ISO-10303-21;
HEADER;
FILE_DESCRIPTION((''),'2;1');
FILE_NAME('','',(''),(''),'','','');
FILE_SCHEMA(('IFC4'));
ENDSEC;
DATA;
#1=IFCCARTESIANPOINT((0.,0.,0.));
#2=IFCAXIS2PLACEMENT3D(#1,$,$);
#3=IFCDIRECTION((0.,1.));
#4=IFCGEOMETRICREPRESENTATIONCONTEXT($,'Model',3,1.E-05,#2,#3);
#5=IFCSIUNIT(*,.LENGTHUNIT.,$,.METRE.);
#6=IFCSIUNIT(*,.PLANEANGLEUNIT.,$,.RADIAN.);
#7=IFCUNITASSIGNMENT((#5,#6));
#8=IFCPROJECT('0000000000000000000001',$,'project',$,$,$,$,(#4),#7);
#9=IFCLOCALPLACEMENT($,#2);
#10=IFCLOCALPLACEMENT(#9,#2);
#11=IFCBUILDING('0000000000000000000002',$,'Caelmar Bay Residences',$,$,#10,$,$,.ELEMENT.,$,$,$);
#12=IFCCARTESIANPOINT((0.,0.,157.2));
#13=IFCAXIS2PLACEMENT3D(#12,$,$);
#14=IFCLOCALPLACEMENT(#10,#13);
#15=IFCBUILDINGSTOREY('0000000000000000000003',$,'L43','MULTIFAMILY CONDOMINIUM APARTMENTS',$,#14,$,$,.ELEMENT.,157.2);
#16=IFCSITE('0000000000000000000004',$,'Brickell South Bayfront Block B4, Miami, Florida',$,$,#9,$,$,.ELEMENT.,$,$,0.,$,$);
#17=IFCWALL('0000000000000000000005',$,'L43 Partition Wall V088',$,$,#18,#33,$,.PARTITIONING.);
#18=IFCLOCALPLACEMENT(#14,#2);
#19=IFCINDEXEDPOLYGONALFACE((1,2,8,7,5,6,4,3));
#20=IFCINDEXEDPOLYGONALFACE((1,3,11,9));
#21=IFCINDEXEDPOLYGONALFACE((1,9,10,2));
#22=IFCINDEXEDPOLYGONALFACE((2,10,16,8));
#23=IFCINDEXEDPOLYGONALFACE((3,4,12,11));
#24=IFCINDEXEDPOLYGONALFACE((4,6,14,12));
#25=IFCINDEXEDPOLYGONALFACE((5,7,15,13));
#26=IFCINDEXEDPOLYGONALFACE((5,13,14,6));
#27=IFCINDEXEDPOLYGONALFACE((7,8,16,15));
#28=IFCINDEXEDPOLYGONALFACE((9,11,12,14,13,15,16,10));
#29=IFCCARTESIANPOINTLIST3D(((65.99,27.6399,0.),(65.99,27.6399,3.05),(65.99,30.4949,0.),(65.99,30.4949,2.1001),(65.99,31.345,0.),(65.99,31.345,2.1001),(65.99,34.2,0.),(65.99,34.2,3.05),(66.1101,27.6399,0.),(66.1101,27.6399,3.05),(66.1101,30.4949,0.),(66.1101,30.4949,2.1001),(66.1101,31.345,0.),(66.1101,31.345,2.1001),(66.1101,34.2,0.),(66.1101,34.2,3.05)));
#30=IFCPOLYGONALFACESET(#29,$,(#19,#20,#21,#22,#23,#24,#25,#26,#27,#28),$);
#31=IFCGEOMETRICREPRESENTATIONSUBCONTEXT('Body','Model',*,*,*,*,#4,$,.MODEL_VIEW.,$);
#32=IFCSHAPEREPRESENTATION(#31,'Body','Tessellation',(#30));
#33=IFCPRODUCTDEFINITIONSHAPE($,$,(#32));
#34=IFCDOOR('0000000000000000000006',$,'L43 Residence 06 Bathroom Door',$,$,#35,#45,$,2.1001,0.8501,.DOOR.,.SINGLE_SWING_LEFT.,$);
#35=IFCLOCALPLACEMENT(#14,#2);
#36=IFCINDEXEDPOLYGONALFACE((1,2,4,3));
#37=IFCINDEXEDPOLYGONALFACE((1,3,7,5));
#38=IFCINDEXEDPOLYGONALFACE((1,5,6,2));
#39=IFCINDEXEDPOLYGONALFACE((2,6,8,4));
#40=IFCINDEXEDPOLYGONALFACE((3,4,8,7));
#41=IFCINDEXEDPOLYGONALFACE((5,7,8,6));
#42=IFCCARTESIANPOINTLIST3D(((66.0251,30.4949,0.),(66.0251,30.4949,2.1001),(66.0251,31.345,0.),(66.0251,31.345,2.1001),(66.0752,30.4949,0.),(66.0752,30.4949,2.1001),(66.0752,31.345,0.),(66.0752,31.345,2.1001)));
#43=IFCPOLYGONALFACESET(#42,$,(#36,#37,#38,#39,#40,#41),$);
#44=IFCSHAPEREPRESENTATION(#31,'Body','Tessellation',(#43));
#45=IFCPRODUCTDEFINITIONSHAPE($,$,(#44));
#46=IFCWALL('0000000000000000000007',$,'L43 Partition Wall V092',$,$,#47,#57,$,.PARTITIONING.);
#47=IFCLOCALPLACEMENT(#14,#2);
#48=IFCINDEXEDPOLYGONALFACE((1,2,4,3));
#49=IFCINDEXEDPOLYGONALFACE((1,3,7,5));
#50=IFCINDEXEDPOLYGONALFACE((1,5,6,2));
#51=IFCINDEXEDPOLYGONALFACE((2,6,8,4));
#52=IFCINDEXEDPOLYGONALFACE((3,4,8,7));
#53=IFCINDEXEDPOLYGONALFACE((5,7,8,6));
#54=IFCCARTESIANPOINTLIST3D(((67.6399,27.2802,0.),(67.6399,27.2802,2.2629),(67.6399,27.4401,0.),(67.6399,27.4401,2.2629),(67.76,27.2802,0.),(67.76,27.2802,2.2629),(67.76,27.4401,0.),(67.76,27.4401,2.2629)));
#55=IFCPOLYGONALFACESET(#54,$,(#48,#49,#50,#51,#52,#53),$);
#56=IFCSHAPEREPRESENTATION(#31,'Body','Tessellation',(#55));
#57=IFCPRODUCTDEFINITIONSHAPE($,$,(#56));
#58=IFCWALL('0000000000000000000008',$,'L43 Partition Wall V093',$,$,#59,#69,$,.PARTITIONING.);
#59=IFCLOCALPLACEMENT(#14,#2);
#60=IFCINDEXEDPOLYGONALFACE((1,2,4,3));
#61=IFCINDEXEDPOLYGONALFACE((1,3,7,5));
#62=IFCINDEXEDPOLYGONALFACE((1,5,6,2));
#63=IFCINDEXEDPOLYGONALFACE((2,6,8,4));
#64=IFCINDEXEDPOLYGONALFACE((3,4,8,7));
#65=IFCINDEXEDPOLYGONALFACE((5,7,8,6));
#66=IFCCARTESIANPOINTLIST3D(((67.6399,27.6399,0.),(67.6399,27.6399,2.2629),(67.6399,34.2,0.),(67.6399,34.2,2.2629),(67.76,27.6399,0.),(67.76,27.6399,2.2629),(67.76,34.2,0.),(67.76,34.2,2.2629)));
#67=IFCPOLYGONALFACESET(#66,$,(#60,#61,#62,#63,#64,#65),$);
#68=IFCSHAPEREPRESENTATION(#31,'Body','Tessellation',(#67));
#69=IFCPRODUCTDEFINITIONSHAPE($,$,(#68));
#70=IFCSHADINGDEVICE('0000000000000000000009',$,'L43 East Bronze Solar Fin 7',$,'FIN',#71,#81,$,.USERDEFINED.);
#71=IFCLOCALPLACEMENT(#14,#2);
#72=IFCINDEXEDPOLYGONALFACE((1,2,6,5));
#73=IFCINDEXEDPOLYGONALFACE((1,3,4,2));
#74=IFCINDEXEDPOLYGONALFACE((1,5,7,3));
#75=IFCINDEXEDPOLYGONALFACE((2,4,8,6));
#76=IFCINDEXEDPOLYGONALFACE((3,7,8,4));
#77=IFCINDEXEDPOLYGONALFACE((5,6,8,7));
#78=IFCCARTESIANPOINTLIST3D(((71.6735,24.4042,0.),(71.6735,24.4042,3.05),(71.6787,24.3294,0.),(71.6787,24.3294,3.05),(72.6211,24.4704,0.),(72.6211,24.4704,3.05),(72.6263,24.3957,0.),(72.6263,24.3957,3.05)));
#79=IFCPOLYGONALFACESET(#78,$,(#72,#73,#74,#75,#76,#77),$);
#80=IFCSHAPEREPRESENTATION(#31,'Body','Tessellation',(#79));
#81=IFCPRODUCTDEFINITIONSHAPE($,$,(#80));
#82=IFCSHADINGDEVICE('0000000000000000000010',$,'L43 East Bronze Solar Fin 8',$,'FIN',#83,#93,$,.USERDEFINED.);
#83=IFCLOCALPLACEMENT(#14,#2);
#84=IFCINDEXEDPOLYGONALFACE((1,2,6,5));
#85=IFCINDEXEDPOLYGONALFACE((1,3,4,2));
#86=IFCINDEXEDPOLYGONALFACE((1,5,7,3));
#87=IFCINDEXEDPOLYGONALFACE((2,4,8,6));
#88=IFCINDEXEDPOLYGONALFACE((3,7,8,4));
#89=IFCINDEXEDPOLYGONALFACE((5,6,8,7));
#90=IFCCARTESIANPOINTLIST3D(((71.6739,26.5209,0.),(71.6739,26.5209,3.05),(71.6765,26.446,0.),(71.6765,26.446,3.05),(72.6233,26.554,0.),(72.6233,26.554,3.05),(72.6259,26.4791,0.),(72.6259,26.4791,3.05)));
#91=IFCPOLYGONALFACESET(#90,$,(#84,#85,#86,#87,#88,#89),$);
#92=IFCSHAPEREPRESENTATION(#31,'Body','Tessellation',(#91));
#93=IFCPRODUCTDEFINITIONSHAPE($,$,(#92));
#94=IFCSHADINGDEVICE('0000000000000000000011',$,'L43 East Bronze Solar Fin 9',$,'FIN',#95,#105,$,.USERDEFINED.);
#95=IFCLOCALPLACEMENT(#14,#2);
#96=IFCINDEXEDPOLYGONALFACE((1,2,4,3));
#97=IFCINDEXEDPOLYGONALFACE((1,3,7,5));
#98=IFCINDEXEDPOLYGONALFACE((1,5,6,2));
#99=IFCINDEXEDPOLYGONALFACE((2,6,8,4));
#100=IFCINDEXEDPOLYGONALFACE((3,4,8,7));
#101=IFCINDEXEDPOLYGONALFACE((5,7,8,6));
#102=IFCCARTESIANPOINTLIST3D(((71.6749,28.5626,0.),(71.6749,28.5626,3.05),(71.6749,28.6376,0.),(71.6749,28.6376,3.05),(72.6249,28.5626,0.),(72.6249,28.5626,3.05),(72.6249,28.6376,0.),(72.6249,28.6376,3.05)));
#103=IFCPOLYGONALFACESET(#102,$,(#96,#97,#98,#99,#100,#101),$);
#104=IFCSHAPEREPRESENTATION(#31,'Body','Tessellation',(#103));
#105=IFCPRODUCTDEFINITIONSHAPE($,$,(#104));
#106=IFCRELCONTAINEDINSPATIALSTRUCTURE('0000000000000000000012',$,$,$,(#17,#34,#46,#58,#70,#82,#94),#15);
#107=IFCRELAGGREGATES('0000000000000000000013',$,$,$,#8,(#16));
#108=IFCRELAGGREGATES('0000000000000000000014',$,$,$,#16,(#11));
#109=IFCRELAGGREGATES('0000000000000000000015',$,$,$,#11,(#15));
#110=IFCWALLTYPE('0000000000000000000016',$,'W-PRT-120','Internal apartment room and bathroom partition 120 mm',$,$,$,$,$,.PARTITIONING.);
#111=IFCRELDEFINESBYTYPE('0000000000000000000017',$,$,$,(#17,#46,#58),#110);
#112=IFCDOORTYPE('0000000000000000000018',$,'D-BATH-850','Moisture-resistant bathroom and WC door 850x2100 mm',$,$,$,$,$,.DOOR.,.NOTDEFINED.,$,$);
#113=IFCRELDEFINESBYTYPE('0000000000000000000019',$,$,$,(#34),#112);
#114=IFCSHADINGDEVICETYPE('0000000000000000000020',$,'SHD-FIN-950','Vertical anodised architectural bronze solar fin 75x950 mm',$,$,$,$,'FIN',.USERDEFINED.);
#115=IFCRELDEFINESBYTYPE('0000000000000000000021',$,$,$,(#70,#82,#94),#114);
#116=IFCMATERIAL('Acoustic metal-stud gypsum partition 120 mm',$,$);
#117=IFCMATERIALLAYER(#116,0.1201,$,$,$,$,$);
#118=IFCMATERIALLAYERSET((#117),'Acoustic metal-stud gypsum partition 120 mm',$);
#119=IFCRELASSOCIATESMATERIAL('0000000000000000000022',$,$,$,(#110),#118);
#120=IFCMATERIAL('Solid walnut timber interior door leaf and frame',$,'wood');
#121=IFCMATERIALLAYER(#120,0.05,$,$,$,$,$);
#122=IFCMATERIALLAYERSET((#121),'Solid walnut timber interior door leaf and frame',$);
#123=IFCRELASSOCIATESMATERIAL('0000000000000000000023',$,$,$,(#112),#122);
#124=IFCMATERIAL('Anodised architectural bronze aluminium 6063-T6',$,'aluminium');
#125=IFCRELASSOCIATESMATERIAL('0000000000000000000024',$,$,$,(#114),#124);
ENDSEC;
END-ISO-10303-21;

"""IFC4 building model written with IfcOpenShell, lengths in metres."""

from ifc_helpers import new_model, si_unit, direction, frame, frame_2d, origin, origin_2d, place, context, subcontext, project, spatial, rectangle, extrude, material, layer, layer_set, material_profile, profile_set, type_object, element, fill, save


model = new_model("IFC4")

# Units and contexts
model_context = context("Model", 3, precision=1e-05, world=origin(), true_north=direction((0.0, 1.0)))
body_context = subcontext(model_context, "Body", "Model", "MODEL_VIEW")
ifc_project = project(units=[si_unit("LENGTHUNIT", "METRE"), si_unit("PLANEANGLEUNIT", "RADIAN")], contexts=[model_context])

# Site, building, storey
site_placement = place(None, origin())
site = spatial("IfcSite", under=ifc_project, at=site_placement, Name="Brickell South Bayfront Block B4, Miami, Florida", CompositionType="ELEMENT", RefElevation=0.0)
building_placement = place(site_placement, origin())
building = spatial("IfcBuilding", under=site, at=building_placement, Name="Caelmar Bay Residences", CompositionType="ELEMENT")
storey_placement = place(building_placement, frame((0.0, 0.0, 157.2)))
storey = spatial("IfcBuildingStorey", under=building, at=storey_placement, Name="L43", Description="MULTIFAMILY CONDOMINIUM APARTMENTS", CompositionType="ELEMENT", Elevation=157.2)

# Shared definitions
ifc_material_1 = material(Name="Solid walnut timber interior door leaf and frame", Category="wood")
ifc_material_2 = material(Name="Acoustic metal-stud gypsum partition 120 mm")
ifc_layer_1 = layer(ifc_material_2, 0.1201)
ifc_layer_set_1 = layer_set([ifc_layer_1], Name="Acoustic metal-stud gypsum partition 120 mm")
wall_type_1 = type_object("IfcWallType", Name="W-PRT-120", Description="Internal apartment room and bathroom partition 120 mm", PredefinedType="PARTITIONING", material=ifc_layer_set_1)

# Wall, opening, door
wall_1_placement = place(storey_placement, frame((66.05, 27.6399, 0.0), z_axis=(0.0, 0.0, 1.0), x_axis=(0.0, 1.0, 0.0)))
wall_1 = element("IfcWall", 1, at=wall_1_placement, inside=storey, type_object=wall_type_1, Name="L43 Partition Wall V088", PredefinedType="PARTITIONING", context=body_context, shape_type="SweptSolid", body=[
    extrude(rectangle(XDim=6.5601, YDim=0.1201, at=frame_2d((3.28, 0.0))), origin(), (0.0, 0.0, 1.0), 3.05),
])
opening_1_placement = place(wall_1_placement, frame((2.855, 0.0, 0.0)))
opening_1 = element("IfcOpeningElement", 2, at=opening_1_placement, cuts=wall_1, PredefinedType="OPENING", context=body_context, shape_type="SweptSolid", body=[
    extrude(rectangle(XDim=0.8501, YDim=2.1001, at=frame_2d((0.425, 1.05))), frame((0.0, 0.0701, 0.0), z_axis=(0.0, -1.0, 0.0), x_axis=(1.0, 0.0, 0.0)), (0.0, 0.0, 1.0), 0.1401),
])
ifc_layer_2 = layer(ifc_material_1, 0.05)
ifc_layer_set_2 = layer_set([ifc_layer_2], Name="Solid walnut timber interior door leaf and frame")
door_type_1 = type_object("IfcDoorType", Name="D-BATH-850", Description="Moisture-resistant bathroom and WC door 850x2100 mm", OperationType="NOTDEFINED", PredefinedType="DOOR", material=ifc_layer_set_2)
door_1_placement = place(opening_1_placement, origin())
door_1 = element("IfcDoor", 3, at=door_1_placement, inside=storey, type_object=door_type_1, Name="L43 Residence 06 Bathroom Door", OperationType="SINGLE_SWING_LEFT", OverallHeight=2.1001, OverallWidth=0.8501, PredefinedType="DOOR", context=body_context, shape_type="SweptSolid", body=[
    extrude(rectangle(XDim=0.8501, YDim=2.1001, at=frame_2d((0.425, 1.05))), frame((0.0, 0.0249, 0.0), z_axis=(0.0, -1.0, 0.0), x_axis=(1.0, 0.0, 0.0)), (0.0, 0.0, 1.0), 0.05),
])
fill(opening_1, door_1)

# Walls
wall_2_placement = place(storey_placement, frame((67.7, 27.28, 0.0), z_axis=(0.0, 0.0, 1.0), x_axis=(0.0, 1.0, 0.0)))
element("IfcWall", 4, at=wall_2_placement, inside=storey, type_object=wall_type_1, Name="L43 Partition Wall V092", PredefinedType="PARTITIONING", context=body_context, shape_type="SweptSolid", body=[
    extrude(rectangle(XDim=0.1599, YDim=0.1201, at=frame_2d((0.0801, 0.0))), origin(), (0.0, 0.0, 1.0), 2.2629),
])
wall_3_placement = place(storey_placement, frame((67.7, 27.6399, 0.0), z_axis=(0.0, 0.0, 1.0), x_axis=(0.0, 1.0, 0.0)))
element("IfcWall", 5, at=wall_3_placement, inside=storey, type_object=wall_type_1, Name="L43 Partition Wall V093", PredefinedType="PARTITIONING", context=body_context, shape_type="SweptSolid", body=[
    extrude(rectangle(XDim=6.5601, YDim=0.1201, at=frame_2d((3.28, 0.0))), origin(), (0.0, 0.0, 1.0), 2.2629),
])

# Shading devices
ifc_material_3 = material(Name="Anodised architectural bronze aluminium 6063-T6", Category="aluminium")
ifc_material_profile_1 = material_profile(ifc_material_3, rectangle(XDim=0.075, YDim=0.95, at=origin_2d()), Name="BRONZE-FIN-75X950")
ifc_profile_set_1 = profile_set([ifc_material_profile_1], Name="Anodised architectural bronze aluminium 6063-T6")
shading_device_type = type_object("IfcShadingDeviceType", Name="SHD-FIN-950", Description="Vertical anodised architectural bronze solar fin 75x950 mm", ElementType="FIN", PredefinedType="USERDEFINED", material=ifc_profile_set_1)
for number, where, z_axis, x_axis, name in (
    (6, (72.1499, 24.3999, 0.0), (0.0, 0.0, 1.0), (-0.069756, 0.997564, 0.0), "L43 East Bronze Solar Fin 7"),
    (7, (72.1499, 26.5, 0.0), (0.0, 0.0, 1.0), (-0.034899, 0.999391, 0.0), "L43 East Bronze Solar Fin 8"),
    (8, (72.1499, 28.6001, 0.0), (0.0, 0.0, 1.0), (0.0, 1.0, 0.0), "L43 East Bronze Solar Fin 9"),
):
    element("IfcShadingDevice", number, at=place(storey_placement, frame(where, z_axis=z_axis, x_axis=x_axis)), inside=storey, type_object=shading_device_type, Name=name, ObjectType="FIN", PredefinedType="USERDEFINED", context=body_context, shape_type="SweptSolid", body=[
        extrude(rectangle(XDim=0.075, YDim=0.95, at=origin_2d()), origin(), (0.0, 0.0, 1.0), 3.05),
    ])

save(model, "model.ifc")
